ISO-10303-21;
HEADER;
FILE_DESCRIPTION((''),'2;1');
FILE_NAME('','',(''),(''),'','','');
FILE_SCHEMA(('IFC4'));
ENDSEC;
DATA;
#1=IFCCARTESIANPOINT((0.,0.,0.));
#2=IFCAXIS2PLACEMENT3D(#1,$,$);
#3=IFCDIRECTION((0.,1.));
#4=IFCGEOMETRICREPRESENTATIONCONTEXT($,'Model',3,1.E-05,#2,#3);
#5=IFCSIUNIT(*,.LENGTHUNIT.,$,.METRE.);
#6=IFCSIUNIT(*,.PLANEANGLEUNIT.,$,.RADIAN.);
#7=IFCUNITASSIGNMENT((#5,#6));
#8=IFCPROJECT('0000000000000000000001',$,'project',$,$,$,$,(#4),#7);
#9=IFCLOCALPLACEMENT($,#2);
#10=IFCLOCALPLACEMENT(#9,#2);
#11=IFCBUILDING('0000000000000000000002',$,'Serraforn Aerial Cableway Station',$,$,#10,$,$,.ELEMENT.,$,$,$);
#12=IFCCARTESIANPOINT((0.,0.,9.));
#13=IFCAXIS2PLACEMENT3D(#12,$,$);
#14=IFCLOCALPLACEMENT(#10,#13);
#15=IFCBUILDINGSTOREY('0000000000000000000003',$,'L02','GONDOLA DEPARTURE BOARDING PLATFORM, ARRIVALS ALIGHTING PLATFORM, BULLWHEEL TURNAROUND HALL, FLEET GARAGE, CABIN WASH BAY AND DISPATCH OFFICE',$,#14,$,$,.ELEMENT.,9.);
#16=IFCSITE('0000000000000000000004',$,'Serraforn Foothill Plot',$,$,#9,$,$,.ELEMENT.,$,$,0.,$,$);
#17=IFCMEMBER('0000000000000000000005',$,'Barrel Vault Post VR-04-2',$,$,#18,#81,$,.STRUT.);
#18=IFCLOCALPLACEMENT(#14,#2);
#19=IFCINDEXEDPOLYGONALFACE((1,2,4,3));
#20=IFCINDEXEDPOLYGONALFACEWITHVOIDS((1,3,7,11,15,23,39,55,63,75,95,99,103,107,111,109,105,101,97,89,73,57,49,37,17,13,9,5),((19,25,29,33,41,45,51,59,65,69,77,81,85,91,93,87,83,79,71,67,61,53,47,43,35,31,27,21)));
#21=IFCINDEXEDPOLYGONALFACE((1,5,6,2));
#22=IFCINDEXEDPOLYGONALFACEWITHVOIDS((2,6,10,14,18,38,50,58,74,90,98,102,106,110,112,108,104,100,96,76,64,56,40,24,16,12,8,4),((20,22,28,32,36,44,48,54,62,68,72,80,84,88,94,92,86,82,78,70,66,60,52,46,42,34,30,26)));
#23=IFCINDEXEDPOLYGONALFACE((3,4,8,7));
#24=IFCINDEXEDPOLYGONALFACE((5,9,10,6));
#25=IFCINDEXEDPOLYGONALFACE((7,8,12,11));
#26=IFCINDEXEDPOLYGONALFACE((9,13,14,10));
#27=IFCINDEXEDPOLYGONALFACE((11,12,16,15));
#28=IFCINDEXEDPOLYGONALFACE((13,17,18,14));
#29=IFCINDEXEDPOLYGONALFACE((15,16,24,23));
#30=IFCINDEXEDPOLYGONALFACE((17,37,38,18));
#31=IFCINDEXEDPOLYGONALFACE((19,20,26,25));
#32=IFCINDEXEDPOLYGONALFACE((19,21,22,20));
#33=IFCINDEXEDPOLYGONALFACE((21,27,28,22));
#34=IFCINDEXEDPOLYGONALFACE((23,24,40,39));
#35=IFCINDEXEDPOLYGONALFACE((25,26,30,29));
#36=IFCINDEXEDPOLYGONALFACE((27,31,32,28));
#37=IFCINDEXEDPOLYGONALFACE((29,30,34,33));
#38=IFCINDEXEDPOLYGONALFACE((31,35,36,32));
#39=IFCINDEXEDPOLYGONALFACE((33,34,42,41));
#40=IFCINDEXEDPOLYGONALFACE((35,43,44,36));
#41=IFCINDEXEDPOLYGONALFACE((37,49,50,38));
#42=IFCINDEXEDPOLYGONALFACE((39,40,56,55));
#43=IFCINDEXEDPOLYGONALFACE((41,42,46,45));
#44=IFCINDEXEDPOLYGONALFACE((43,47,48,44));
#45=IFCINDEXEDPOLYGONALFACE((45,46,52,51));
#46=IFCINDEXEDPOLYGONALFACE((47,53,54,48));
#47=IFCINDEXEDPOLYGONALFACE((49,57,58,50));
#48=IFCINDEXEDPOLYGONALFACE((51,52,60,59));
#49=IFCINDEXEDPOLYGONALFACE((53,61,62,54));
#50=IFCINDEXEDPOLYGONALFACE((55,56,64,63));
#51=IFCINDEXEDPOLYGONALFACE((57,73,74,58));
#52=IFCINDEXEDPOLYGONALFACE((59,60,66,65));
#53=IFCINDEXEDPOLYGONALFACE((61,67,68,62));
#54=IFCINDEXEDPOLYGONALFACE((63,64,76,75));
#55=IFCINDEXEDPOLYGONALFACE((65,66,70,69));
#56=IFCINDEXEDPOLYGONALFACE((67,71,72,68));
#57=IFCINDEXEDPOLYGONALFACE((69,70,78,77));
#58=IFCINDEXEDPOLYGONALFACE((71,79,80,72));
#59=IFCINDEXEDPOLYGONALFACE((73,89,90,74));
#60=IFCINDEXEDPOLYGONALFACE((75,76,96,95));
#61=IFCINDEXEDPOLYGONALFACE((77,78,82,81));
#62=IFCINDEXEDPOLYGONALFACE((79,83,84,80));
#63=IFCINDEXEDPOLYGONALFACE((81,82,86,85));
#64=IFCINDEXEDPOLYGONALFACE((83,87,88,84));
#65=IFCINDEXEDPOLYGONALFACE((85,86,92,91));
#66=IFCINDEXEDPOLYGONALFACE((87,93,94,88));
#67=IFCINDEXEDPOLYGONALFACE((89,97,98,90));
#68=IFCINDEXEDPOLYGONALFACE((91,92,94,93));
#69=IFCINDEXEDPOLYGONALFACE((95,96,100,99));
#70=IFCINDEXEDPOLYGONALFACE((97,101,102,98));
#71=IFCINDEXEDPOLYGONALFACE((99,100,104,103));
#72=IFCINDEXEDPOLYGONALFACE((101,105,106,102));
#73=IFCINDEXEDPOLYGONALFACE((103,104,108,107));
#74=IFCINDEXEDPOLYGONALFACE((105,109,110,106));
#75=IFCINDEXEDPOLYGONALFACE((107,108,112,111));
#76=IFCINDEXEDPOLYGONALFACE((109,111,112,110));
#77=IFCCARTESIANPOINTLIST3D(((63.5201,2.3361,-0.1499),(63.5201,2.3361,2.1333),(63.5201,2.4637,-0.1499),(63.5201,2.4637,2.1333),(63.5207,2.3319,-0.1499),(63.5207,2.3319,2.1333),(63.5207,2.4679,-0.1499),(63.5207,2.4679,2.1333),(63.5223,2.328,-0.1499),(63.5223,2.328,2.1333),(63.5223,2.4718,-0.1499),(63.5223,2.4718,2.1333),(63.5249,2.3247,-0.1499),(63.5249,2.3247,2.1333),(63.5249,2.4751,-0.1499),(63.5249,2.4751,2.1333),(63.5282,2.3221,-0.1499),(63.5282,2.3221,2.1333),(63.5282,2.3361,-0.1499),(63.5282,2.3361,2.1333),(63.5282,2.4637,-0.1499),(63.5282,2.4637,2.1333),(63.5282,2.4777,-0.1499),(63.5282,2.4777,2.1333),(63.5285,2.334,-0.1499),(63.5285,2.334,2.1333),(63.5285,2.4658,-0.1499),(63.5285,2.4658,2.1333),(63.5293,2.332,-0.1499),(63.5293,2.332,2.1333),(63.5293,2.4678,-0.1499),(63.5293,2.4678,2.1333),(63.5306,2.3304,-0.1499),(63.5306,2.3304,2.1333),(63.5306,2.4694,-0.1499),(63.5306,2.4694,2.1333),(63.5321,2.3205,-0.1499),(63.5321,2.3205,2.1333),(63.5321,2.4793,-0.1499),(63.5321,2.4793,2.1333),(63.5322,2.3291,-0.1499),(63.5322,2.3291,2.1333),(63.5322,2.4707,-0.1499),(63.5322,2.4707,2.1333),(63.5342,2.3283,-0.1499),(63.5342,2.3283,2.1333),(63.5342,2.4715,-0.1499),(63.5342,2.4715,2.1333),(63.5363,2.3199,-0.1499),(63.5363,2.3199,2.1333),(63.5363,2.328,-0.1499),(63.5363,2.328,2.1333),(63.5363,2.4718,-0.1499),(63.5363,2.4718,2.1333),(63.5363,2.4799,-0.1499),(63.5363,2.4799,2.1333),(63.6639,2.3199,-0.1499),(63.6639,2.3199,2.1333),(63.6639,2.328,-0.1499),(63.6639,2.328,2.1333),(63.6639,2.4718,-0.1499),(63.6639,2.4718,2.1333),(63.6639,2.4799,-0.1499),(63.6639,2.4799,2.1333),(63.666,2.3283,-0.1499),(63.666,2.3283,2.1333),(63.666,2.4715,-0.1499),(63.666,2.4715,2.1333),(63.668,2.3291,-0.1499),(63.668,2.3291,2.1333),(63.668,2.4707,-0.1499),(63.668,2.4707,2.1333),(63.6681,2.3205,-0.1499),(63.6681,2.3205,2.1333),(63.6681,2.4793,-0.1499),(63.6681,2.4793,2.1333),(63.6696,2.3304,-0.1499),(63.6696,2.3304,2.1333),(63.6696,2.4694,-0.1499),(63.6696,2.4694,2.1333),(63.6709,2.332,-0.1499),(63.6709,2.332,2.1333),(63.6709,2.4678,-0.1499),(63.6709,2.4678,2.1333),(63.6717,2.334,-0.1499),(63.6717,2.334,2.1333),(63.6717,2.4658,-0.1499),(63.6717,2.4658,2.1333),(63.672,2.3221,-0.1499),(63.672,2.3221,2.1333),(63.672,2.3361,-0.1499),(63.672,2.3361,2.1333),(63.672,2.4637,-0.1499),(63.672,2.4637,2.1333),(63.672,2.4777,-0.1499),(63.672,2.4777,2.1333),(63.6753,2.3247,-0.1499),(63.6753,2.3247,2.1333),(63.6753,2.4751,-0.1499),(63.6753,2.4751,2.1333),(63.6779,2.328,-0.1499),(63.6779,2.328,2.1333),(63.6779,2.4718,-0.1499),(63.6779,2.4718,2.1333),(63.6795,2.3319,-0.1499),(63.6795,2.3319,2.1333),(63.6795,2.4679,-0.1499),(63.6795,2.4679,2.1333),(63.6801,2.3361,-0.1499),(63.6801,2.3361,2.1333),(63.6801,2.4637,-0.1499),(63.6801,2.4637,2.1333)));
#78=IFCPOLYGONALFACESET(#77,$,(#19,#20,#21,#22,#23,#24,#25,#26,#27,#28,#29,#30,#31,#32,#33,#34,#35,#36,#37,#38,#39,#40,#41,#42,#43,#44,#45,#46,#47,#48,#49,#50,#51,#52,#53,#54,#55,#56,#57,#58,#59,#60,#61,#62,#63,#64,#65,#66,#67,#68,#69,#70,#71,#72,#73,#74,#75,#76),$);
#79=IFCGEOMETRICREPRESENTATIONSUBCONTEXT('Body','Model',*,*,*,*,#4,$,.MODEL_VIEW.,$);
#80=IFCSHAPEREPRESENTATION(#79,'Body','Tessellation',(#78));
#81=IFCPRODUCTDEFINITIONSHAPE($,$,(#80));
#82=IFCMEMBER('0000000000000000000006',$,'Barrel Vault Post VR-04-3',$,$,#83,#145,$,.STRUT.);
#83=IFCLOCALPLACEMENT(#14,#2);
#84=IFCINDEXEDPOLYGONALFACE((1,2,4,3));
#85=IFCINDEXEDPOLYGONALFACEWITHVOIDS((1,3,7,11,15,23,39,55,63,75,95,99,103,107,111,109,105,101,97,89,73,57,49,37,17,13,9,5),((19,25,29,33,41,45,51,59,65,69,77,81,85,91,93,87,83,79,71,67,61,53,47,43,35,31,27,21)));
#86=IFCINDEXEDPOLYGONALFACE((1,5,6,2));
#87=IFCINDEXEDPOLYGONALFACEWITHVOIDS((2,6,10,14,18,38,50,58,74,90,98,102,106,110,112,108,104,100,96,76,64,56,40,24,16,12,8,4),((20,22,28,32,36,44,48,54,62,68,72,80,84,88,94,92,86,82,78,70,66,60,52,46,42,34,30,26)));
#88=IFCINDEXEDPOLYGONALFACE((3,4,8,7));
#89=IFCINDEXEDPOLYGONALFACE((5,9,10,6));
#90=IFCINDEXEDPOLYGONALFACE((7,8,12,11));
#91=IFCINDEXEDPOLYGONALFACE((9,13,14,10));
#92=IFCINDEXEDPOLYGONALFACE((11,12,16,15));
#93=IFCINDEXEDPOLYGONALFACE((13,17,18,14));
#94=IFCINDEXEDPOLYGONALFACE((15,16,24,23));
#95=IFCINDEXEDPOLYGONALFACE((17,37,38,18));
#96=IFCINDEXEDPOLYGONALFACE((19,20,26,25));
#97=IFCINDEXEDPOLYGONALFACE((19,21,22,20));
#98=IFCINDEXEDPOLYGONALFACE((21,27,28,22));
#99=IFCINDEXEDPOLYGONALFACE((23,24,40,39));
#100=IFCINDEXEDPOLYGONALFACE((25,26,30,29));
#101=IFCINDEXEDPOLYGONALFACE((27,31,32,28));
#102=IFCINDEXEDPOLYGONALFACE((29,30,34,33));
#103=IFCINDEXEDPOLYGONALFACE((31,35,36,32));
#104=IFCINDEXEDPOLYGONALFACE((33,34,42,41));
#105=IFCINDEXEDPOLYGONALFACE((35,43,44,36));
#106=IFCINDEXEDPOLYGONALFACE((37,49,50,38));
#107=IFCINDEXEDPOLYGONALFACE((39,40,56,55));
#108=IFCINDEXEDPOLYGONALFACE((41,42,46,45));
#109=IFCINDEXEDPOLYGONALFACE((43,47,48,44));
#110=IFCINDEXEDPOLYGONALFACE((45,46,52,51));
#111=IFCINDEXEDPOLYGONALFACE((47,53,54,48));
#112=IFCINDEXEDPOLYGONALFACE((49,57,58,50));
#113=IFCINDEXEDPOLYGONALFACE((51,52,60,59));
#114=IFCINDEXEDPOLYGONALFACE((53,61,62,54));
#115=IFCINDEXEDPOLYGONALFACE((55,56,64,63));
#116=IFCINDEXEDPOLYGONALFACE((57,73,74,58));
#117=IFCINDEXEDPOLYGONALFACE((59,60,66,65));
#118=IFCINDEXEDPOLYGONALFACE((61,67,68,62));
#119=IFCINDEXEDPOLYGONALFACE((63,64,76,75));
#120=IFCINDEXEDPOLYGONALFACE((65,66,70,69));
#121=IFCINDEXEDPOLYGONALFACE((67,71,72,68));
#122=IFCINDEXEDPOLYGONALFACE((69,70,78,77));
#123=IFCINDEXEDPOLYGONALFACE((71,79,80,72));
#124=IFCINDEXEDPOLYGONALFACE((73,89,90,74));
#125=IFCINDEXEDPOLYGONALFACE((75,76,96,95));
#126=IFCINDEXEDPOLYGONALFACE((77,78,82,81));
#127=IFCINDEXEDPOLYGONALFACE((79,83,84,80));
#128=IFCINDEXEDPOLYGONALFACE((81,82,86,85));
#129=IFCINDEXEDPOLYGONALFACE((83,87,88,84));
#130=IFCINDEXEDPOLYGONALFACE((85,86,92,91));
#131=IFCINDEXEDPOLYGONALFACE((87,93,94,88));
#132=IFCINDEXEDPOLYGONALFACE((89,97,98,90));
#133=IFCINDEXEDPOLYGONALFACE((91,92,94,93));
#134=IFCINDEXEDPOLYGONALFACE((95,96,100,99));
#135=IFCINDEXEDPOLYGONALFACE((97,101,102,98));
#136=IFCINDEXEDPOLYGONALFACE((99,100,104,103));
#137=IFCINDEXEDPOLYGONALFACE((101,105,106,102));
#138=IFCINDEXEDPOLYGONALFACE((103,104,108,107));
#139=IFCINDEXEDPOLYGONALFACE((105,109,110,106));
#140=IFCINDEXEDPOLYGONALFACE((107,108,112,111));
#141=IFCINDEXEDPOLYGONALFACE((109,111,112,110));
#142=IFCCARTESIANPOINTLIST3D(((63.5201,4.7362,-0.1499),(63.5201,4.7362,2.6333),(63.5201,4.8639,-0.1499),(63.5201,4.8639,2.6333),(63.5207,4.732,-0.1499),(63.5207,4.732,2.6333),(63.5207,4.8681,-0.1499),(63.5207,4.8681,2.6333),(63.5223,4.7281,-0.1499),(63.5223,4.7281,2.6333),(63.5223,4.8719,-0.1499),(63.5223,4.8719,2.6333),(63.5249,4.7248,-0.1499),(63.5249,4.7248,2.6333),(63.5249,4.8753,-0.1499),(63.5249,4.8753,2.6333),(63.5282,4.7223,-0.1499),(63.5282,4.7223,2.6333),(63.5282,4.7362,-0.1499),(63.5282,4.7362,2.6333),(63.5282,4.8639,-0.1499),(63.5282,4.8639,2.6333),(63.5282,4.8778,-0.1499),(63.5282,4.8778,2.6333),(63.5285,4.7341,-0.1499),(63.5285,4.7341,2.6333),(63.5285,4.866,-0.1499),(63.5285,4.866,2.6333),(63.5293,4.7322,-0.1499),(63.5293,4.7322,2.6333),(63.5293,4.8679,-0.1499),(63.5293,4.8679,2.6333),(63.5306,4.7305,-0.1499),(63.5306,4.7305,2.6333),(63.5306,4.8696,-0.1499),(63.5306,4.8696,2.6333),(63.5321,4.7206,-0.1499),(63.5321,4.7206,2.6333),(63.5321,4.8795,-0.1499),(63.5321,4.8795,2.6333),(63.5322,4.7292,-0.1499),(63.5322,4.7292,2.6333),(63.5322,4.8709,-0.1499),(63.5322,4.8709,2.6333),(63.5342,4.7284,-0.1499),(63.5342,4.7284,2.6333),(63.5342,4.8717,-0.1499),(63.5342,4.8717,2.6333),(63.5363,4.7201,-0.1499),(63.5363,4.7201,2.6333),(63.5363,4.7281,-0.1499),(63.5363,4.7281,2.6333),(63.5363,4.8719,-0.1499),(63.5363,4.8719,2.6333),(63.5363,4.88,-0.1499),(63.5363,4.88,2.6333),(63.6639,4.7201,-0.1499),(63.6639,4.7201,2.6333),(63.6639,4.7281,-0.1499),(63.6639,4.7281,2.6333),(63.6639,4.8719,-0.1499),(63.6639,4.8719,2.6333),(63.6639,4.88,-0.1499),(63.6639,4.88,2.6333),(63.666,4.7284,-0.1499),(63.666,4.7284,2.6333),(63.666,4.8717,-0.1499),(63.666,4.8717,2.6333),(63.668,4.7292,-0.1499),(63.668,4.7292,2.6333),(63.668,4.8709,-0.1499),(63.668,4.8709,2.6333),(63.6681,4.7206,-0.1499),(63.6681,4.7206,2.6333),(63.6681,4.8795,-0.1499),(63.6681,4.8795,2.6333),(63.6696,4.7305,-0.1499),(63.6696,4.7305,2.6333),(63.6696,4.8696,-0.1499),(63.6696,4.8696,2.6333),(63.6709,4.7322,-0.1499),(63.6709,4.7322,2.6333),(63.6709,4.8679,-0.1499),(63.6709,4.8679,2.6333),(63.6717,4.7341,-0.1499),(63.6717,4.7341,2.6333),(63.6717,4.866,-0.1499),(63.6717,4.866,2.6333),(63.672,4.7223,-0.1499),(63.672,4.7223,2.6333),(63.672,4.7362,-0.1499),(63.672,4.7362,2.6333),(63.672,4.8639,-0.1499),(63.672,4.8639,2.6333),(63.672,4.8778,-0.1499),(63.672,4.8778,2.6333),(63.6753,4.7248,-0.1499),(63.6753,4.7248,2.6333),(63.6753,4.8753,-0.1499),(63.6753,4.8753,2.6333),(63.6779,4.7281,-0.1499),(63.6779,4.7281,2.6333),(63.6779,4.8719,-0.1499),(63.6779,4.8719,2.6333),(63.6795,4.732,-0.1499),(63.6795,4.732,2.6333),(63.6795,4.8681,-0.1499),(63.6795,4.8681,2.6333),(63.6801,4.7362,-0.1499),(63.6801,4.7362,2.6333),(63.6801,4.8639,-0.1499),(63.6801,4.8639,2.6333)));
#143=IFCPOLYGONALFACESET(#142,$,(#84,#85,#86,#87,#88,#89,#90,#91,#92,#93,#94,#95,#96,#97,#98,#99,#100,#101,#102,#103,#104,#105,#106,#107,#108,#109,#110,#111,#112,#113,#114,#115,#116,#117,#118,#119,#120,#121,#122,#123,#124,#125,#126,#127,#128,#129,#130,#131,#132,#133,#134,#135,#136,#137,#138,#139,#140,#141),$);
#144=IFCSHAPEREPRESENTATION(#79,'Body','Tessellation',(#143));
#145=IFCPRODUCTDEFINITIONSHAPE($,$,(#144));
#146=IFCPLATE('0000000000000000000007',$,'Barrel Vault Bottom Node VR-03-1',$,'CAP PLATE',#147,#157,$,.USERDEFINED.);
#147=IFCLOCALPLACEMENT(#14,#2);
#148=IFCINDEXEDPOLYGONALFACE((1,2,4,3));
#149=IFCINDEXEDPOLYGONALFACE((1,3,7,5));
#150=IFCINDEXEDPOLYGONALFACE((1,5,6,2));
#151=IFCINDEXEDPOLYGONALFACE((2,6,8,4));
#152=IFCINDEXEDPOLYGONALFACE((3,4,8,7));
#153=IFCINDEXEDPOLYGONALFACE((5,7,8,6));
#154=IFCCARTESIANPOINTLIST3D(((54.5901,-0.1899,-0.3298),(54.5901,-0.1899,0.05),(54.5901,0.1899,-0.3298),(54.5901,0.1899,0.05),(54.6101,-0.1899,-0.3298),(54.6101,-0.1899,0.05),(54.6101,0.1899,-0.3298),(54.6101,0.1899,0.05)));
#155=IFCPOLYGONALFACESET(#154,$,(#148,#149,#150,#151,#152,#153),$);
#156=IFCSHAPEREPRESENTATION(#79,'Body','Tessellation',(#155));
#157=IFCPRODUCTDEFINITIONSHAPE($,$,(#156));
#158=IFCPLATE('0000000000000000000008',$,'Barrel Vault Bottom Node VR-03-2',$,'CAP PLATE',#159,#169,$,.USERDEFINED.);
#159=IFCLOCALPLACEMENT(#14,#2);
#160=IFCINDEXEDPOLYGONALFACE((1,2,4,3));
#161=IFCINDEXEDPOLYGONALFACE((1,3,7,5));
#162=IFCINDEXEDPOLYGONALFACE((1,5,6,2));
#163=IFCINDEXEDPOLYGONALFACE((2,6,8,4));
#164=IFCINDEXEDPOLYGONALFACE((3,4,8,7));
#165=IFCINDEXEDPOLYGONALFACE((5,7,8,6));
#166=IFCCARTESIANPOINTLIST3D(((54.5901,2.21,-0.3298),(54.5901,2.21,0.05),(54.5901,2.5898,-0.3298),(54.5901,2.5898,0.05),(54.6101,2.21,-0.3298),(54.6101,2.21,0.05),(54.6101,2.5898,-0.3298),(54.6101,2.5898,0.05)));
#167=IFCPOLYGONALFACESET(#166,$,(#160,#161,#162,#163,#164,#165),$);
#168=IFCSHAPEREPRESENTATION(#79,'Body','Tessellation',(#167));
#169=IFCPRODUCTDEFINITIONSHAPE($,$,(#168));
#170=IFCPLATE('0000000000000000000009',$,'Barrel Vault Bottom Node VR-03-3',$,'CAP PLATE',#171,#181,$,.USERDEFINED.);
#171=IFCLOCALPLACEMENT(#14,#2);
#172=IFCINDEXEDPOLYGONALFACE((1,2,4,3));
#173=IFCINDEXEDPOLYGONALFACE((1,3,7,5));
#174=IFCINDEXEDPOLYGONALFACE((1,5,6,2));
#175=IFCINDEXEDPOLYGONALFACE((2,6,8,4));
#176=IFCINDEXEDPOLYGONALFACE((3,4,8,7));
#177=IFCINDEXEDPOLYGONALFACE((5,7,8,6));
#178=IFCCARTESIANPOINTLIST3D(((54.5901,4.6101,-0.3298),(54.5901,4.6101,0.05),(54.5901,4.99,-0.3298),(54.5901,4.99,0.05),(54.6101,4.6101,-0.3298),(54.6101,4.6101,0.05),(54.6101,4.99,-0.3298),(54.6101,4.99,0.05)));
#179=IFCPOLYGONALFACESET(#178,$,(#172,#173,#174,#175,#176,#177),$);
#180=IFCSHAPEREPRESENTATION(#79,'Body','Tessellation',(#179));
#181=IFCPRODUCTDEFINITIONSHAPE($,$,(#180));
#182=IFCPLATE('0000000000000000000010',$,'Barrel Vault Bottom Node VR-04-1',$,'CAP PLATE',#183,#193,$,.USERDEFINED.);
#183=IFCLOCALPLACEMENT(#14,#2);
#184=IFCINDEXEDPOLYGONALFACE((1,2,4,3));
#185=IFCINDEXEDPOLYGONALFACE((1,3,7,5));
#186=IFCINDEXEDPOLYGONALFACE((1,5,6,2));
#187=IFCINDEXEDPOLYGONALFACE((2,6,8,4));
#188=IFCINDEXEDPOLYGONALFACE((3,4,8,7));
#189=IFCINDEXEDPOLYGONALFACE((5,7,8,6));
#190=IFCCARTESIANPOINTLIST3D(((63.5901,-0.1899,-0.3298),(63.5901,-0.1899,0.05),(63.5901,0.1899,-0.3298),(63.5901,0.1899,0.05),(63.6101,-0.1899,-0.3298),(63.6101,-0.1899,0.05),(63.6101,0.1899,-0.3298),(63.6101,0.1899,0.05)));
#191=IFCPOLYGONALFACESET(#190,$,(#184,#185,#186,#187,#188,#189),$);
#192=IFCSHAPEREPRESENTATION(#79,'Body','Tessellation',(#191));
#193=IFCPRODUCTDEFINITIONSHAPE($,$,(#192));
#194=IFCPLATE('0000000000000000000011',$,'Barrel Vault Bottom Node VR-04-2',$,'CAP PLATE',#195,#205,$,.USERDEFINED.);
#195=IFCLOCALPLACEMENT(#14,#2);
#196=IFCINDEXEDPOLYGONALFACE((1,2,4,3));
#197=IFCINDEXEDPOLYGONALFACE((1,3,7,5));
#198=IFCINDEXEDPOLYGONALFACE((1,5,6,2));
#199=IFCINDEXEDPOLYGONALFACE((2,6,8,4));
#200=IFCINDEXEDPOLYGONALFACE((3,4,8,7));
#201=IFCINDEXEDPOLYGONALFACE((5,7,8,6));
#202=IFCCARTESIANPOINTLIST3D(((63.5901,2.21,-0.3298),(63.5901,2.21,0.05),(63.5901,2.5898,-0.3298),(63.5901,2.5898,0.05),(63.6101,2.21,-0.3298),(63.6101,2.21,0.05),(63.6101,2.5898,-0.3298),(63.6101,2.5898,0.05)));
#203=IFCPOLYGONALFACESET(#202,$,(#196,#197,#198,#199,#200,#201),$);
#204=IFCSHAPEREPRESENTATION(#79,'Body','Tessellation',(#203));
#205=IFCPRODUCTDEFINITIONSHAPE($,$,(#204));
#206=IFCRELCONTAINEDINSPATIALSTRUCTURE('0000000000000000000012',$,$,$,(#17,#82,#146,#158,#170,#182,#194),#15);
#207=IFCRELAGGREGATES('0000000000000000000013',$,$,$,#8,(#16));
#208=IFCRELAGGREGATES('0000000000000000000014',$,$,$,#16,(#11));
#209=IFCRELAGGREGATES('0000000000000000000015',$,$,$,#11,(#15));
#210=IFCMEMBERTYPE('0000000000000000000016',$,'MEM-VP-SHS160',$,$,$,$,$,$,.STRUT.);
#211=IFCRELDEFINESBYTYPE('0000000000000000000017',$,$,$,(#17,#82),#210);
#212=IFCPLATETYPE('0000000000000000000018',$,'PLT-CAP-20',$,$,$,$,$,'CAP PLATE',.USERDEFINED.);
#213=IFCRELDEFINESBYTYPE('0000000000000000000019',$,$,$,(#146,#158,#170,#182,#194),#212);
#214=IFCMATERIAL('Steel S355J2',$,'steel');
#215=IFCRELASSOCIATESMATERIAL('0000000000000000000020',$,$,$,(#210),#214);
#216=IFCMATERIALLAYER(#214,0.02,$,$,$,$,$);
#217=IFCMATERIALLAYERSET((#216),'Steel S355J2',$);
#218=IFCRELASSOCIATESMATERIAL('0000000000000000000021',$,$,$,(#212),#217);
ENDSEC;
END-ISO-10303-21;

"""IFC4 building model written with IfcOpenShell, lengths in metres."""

from ifc_helpers import new_model, si_unit, direction, frame, origin, origin_2d, place, context, subcontext, project, spatial, rectangle, hollow_rectangle, extrude, material, layer, layer_set, material_profile, profile_set, type_object, element, save


model = new_model("IFC4")

# Units and contexts
model_context = context("Model", 3, precision=1e-05, world=origin(), true_north=direction((0.0, 1.0)))
body_context = subcontext(model_context, "Body", "Model", "MODEL_VIEW")
ifc_project = project(units=[si_unit("LENGTHUNIT", "METRE"), si_unit("PLANEANGLEUNIT", "RADIAN")], contexts=[model_context])

# Site, building, storey
site_placement = place(None, origin())
site = spatial("IfcSite", under=ifc_project, at=site_placement, Name="Serraforn Foothill Plot", CompositionType="ELEMENT", RefElevation=0.0)
building_placement = place(site_placement, origin())
building = spatial("IfcBuilding", under=site, at=building_placement, Name="Serraforn Aerial Cableway Station", CompositionType="ELEMENT")
storey_placement = place(building_placement, frame((0.0, 0.0, 9.0)))
storey = spatial("IfcBuildingStorey", under=building, at=storey_placement, Name="L02", Description="GONDOLA DEPARTURE BOARDING PLATFORM, ARRIVALS ALIGHTING PLATFORM, BULLWHEEL TURNAROUND HALL, FLEET GARAGE, CABIN WASH BAY AND DISPATCH OFFICE", CompositionType="ELEMENT", Elevation=9.0)

# Members
ifc_material_1 = material(Name="Steel S355J2", Category="steel")
ifc_material_profile_1 = material_profile(ifc_material_1, hollow_rectangle(XDim=0.1599, YDim=0.1599, WallThickness=0.0081, InnerFilletRadius=0.0081, OuterFilletRadius=0.0161, at=origin_2d()), Name="SHS 160x160x8.0")
ifc_profile_set_1 = profile_set([ifc_material_profile_1], Name="Steel S355J2")
member_type_1 = type_object("IfcMemberType", Name="MEM-VP-SHS160", PredefinedType="STRUT", material=ifc_profile_set_1)
member_1_placement = place(storey_placement, frame((63.6001, 2.3999, -0.1499), z_axis=(0.0, 0.0, 1.0), x_axis=(1.0, 0.0, 0.0)))
element("IfcMember", 1, at=member_1_placement, inside=storey, type_object=member_type_1, Name="Barrel Vault Post VR-04-2", PredefinedType="STRUT", context=body_context, shape_type="SweptSolid", body=[
    extrude(hollow_rectangle(XDim=0.1599, YDim=0.1599, WallThickness=0.0081, InnerFilletRadius=0.0081, OuterFilletRadius=0.0161, at=origin_2d()), origin(), (0.0, 0.0, 1.0), 2.2832),
])
member_2_placement = place(storey_placement, frame((63.6001, 4.8, -0.1499), z_axis=(0.0, 0.0, 1.0), x_axis=(1.0, 0.0, 0.0)))
element("IfcMember", 2, at=member_2_placement, inside=storey, type_object=member_type_1, Name="Barrel Vault Post VR-04-3", PredefinedType="STRUT", context=body_context, shape_type="SweptSolid", body=[
    extrude(hollow_rectangle(XDim=0.1599, YDim=0.1599, WallThickness=0.0081, InnerFilletRadius=0.0081, OuterFilletRadius=0.0161, at=origin_2d()), origin(), (0.0, 0.0, 1.0), 2.7832),
])

# Plates
ifc_layer_1 = layer(ifc_material_1, 0.02)
ifc_layer_set_1 = layer_set([ifc_layer_1], Name="Steel S355J2")
plate_type_1 = type_object("IfcPlateType", Name="PLT-CAP-20", ElementType="CAP PLATE", PredefinedType="USERDEFINED", material=ifc_layer_set_1)
for number, where, z_axis, x_axis, name in (
    (3, (54.6001, 0.0, -0.3298), (0.0, 0.0, 1.0), (1.0, 0.0, 0.0), "Barrel Vault Bottom Node VR-03-1"),
    (4, (54.6001, 2.3999, -0.3298), (0.0, 0.0, 1.0), (1.0, 0.0, 0.0), "Barrel Vault Bottom Node VR-03-2"),
    (5, (54.6001, 4.8, -0.3298), (0.0, 0.0, 1.0), (1.0, 0.0, 0.0), "Barrel Vault Bottom Node VR-03-3"),
    (6, (63.6001, 0.0, -0.3298), (0.0, 0.0, 1.0), (1.0, 0.0, 0.0), "Barrel Vault Bottom Node VR-04-1"),
    (7, (63.6001, 2.3999, -0.3298), (0.0, 0.0, 1.0), (1.0, 0.0, 0.0), "Barrel Vault Bottom Node VR-04-2"),
):
    element("IfcPlate", number, at=place(storey_placement, frame(where, z_axis=z_axis, x_axis=x_axis)), inside=storey, type_object=plate_type_1, Name=name, ObjectType="CAP PLATE", PredefinedType="USERDEFINED", context=body_context, shape_type="SweptSolid", body=[
        extrude(rectangle(XDim=0.02, YDim=0.3799, at=origin_2d()), origin(), (0.0, 0.0, 1.0), 0.3799),
    ])

save(model, "model.ifc")
